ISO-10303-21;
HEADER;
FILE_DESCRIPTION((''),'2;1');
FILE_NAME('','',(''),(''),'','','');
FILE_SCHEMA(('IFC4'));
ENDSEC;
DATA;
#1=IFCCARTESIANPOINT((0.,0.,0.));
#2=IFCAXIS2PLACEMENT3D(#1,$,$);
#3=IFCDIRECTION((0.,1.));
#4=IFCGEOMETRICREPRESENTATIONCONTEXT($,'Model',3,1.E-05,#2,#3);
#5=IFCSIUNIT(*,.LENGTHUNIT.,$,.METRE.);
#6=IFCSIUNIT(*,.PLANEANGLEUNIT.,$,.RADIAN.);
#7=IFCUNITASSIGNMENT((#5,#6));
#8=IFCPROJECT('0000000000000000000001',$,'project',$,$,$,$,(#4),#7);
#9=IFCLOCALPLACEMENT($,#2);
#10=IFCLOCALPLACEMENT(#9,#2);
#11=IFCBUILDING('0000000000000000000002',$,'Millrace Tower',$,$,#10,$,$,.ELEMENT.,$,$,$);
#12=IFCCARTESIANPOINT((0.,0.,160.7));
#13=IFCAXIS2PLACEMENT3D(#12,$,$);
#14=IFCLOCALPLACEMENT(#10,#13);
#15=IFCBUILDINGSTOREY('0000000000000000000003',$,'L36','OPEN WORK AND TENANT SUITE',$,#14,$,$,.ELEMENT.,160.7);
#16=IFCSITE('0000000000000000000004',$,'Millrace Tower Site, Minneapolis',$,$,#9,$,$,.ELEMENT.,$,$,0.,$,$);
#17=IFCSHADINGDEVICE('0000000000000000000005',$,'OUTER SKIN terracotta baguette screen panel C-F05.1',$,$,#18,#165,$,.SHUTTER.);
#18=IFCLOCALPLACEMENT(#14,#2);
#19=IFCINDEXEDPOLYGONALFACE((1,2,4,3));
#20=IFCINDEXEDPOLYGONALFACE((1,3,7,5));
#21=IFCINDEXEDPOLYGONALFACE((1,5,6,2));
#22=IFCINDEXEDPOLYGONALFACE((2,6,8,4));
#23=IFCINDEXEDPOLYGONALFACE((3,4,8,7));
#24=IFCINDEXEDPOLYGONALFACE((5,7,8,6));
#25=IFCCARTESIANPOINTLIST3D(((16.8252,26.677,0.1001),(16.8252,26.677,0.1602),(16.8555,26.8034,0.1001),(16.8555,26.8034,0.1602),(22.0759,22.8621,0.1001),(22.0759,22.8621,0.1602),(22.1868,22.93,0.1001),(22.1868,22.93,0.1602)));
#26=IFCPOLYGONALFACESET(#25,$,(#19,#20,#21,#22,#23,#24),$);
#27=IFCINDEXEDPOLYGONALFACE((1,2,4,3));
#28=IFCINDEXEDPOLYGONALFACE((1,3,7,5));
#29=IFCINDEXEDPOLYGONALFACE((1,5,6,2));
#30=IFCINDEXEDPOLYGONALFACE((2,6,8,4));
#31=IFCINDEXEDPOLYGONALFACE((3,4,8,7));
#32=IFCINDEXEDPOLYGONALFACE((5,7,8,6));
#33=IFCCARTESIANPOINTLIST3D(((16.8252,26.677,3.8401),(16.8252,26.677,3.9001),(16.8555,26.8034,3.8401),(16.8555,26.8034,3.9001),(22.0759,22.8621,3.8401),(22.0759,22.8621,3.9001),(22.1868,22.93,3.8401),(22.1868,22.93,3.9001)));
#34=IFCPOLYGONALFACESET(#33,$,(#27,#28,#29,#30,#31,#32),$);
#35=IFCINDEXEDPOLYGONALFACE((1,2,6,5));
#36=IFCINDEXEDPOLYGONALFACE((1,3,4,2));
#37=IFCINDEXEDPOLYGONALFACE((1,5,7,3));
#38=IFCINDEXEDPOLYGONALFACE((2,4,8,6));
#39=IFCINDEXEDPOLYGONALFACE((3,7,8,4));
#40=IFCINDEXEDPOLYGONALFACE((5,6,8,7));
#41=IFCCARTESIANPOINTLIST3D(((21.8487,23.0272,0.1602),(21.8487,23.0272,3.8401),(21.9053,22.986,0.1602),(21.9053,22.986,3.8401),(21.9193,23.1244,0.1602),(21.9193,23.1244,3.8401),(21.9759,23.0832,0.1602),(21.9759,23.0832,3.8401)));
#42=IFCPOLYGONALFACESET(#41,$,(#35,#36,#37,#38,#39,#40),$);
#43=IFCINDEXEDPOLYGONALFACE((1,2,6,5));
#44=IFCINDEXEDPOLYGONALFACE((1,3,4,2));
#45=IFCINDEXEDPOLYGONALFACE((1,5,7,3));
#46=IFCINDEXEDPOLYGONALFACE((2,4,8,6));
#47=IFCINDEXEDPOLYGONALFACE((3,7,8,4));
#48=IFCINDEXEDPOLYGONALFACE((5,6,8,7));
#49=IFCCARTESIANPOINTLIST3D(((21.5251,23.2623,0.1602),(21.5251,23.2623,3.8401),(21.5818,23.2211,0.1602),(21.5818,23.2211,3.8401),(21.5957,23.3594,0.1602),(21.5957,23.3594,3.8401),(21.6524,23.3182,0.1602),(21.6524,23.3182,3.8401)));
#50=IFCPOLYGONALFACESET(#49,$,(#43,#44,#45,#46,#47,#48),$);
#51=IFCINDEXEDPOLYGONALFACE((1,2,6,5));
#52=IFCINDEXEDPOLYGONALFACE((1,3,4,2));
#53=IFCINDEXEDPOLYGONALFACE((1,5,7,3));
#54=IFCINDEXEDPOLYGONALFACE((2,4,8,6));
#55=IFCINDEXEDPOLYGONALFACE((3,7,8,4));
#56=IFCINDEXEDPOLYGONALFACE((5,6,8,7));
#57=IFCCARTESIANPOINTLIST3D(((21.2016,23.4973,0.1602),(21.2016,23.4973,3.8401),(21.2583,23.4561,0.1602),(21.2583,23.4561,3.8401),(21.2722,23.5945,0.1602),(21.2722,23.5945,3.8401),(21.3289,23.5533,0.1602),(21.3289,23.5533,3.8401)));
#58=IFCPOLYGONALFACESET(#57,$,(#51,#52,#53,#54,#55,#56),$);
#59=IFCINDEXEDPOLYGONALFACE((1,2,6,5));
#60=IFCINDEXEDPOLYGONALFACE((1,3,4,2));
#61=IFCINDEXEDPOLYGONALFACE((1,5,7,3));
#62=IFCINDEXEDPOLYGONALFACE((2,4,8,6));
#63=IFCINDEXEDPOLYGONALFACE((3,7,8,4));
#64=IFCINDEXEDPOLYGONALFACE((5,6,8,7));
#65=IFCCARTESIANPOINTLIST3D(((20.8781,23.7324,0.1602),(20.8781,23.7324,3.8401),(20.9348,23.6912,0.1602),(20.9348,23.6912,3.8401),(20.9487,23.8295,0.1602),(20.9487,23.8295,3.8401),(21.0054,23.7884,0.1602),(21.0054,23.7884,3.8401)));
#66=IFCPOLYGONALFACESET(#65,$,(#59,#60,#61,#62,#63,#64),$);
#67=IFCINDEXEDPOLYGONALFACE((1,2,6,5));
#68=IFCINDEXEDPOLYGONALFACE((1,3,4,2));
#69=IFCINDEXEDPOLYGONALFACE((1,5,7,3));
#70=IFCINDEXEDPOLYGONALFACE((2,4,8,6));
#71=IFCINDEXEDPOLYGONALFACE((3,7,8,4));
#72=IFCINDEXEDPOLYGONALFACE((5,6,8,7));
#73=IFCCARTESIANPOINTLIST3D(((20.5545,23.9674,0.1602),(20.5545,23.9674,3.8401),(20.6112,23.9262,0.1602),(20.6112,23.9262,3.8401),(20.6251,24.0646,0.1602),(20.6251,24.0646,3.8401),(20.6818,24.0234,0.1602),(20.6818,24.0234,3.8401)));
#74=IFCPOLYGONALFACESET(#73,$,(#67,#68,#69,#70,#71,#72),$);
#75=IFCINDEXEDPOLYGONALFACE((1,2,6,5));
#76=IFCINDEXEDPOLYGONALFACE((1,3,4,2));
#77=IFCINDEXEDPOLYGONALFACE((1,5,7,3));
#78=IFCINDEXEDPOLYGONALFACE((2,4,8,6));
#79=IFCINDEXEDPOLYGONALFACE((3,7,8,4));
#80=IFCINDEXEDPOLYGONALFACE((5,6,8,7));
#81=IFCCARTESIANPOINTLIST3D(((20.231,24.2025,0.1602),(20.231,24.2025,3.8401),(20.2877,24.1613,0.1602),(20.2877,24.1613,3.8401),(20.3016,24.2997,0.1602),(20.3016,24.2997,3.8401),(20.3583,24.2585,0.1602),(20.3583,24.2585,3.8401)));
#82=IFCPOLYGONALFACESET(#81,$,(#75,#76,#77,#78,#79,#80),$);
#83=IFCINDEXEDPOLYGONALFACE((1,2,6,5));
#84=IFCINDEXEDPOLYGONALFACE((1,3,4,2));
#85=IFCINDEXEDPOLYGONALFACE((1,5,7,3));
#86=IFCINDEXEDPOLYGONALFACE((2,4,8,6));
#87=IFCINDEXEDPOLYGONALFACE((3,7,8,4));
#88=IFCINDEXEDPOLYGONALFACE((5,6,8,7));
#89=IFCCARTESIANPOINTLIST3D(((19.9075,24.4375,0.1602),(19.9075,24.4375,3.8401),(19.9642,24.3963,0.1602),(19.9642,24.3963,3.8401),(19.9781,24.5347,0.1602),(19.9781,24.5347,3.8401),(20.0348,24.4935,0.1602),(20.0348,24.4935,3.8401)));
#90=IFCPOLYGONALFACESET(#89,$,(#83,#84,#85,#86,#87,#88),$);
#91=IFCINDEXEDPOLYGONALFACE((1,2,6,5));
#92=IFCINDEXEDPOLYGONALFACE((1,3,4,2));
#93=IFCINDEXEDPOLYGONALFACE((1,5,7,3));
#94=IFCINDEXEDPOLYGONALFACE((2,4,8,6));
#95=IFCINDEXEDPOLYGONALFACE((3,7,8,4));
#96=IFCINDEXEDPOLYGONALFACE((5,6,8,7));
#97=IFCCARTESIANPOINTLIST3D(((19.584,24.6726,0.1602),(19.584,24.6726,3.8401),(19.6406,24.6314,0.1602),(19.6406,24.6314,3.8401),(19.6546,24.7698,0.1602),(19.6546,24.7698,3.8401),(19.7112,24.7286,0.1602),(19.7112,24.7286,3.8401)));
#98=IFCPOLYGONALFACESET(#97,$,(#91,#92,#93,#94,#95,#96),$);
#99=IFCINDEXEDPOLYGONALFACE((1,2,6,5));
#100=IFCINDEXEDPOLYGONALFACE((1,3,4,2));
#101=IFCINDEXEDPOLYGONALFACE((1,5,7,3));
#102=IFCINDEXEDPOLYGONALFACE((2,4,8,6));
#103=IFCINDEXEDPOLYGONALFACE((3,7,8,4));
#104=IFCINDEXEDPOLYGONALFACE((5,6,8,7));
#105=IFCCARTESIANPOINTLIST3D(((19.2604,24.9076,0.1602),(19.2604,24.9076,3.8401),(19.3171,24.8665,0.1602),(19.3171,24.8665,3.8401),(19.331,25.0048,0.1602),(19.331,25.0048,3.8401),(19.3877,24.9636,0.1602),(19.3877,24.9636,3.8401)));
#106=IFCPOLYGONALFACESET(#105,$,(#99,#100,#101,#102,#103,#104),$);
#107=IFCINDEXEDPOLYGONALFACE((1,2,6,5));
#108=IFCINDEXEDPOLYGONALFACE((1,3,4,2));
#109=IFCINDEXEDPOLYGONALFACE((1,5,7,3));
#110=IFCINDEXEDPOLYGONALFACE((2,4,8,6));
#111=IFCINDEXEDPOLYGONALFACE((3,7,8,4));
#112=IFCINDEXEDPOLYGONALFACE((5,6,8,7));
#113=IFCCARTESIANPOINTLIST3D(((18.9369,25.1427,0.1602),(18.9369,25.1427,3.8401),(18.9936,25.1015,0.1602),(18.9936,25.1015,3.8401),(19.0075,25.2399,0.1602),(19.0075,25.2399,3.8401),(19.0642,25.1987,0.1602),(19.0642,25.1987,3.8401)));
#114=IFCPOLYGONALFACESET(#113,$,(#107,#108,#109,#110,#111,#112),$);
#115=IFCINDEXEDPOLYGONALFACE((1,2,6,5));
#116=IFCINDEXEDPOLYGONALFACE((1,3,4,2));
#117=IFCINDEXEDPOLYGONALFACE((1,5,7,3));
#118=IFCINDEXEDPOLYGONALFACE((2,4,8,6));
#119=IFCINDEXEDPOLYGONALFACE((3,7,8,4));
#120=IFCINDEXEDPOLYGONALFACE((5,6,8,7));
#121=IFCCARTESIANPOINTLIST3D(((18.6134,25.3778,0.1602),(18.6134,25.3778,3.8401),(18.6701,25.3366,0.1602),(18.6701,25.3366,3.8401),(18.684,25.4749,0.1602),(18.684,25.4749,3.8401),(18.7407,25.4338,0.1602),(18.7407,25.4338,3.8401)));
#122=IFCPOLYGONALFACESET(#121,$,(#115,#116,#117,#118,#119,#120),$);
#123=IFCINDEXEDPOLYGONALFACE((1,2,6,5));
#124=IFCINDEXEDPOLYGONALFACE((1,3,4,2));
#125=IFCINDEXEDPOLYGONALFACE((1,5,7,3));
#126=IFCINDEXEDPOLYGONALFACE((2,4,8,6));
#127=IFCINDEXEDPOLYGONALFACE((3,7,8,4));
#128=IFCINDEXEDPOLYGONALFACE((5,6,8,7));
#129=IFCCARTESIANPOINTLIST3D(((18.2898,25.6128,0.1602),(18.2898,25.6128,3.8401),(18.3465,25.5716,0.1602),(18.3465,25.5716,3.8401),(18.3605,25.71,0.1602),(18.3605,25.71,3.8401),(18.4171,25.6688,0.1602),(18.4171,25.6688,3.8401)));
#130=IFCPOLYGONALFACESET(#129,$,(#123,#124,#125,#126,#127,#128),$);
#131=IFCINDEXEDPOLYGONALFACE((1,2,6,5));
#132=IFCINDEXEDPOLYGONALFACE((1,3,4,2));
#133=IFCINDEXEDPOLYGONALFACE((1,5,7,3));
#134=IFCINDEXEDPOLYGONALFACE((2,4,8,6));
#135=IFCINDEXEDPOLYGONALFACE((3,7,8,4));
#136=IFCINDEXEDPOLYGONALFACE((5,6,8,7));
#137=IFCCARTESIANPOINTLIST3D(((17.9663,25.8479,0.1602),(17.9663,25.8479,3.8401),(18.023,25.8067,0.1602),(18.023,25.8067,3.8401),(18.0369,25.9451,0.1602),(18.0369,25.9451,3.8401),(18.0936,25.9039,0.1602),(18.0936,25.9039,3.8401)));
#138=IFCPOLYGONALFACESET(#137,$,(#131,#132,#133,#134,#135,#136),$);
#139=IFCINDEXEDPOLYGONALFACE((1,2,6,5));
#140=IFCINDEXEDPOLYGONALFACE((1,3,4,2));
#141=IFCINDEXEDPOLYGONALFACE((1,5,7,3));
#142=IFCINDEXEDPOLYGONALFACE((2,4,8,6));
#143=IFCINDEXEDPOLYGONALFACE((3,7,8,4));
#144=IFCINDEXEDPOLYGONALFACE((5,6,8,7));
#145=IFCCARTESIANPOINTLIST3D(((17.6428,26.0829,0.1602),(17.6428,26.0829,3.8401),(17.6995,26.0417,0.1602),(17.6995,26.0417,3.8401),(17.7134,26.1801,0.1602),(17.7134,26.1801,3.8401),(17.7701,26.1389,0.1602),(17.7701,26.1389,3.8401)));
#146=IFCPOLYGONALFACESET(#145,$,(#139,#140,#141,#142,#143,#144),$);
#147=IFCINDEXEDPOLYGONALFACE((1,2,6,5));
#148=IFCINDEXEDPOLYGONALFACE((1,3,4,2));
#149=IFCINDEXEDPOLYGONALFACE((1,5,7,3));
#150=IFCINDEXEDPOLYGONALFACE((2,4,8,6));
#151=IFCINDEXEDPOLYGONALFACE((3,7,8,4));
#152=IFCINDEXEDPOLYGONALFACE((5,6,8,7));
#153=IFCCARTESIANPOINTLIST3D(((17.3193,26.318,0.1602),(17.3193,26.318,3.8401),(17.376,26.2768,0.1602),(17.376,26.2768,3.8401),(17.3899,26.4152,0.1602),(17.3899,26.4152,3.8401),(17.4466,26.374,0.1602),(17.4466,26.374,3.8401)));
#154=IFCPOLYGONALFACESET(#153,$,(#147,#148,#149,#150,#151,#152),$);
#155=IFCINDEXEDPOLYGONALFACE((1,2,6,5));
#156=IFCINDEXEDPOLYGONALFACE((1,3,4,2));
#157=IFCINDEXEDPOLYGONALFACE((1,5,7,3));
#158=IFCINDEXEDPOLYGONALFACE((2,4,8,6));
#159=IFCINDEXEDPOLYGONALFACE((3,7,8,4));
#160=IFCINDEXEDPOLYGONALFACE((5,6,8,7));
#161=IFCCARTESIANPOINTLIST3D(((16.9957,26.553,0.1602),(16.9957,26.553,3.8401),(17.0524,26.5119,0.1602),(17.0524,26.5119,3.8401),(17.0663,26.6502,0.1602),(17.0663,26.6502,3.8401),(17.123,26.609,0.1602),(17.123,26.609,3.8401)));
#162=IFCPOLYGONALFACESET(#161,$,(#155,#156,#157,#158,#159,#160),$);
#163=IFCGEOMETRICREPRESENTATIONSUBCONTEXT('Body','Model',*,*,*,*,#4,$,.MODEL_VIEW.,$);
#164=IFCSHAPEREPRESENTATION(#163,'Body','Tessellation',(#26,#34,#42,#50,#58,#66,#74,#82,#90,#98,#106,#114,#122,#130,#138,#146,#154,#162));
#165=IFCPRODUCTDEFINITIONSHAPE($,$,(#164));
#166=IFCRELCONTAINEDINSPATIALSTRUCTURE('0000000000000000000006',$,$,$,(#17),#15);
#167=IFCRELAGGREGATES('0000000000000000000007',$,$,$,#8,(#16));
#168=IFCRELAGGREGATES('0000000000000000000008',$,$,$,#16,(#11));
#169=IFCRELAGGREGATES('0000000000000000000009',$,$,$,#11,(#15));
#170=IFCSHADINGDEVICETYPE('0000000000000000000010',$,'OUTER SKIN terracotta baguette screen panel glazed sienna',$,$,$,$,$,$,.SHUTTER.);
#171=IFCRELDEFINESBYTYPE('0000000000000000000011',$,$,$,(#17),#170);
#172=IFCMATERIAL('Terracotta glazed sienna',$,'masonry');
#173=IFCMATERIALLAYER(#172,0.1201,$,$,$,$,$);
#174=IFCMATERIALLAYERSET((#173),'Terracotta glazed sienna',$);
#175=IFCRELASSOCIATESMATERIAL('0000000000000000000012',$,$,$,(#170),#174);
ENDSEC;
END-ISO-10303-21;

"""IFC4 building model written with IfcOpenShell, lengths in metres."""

from ifc_helpers import new_model, entity, si_unit, direction, frame, frame_2d, origin, place, context, subcontext, project, spatial, rectangle, extrude, source, transform, mapped, material, layer, layer_set, type_object, element, save


model = new_model("IFC4")

# Units and contexts
model_context = context("Model", 3, precision=1e-05, world=origin(), true_north=direction((0.0, 1.0)))
body_context = subcontext(model_context, "Body", "Model", "MODEL_VIEW")
ifc_project = project(units=[si_unit("LENGTHUNIT", "METRE"), si_unit("PLANEANGLEUNIT", "RADIAN")], contexts=[model_context])

# Site, building, storey
site_placement = place(None, origin())
site = spatial("IfcSite", under=ifc_project, at=site_placement, Name="Millrace Tower Site, Minneapolis", CompositionType="ELEMENT", RefElevation=0.0)
building_placement = place(site_placement, origin())
building = spatial("IfcBuilding", under=site, at=building_placement, Name="Millrace Tower", CompositionType="ELEMENT")
storey_placement = place(building_placement, frame((0.0, 0.0, 160.7)))
storey = spatial("IfcBuildingStorey", under=building, at=storey_placement, Name="L36", Description="OPEN WORK AND TENANT SUITE", CompositionType="ELEMENT", Elevation=160.7)

# Shading device
ifc_material_1 = material(Name="Terracotta glazed sienna", Category="masonry")
ifc_layer_1 = layer(ifc_material_1, 0.1201)
ifc_layer_set_1 = layer_set([ifc_layer_1], Name="Terracotta glazed sienna")
shading_device_type = type_object("IfcShadingDeviceType", Name="OUTER SKIN terracotta baguette screen panel glazed sienna", PredefinedType="SHUTTER", material=ifc_layer_set_1)
cartesian_point_1 = entity("IfcCartesianPoint", [-3.2451, 0.0601])
shared_polyline_1 = entity("IfcPolyline", [cartesian_point_1, entity("IfcCartesianPoint", [3.2451, 0.0601]), entity("IfcCartesianPoint", [3.2949, -0.0601]), entity("IfcCartesianPoint", [-3.2949, -0.0601]), cartesian_point_1])
shared_shape_1 = source(origin(), body_context, "Body", "SweptSolid", [
    entity("IfcExtrudedAreaSolid", entity("IfcArbitraryClosedProfileDef", "AREA", None, shared_polyline_1), entity("IfcAxis2Placement3D", entity("IfcCartesianPoint", [0.0, 0.0, 0.0])), entity("IfcDirection", [0.0, 0.0, 1.0]), 0.0601),
    entity("IfcExtrudedAreaSolid", entity("IfcArbitraryClosedProfileDef", "AREA", None, shared_polyline_1), entity("IfcAxis2Placement3D", entity("IfcCartesianPoint", [0.0, 0.0, 3.74])), entity("IfcDirection", [0.0, 0.0, 1.0]), 0.0601),
    extrude(rectangle(XDim=0.0701, YDim=0.1201, at=frame_2d((-2.9993, 0.0))), frame((0.0, 0.0, 0.0601)), (0.0, 0.0, 1.0), 3.6799),
    extrude(rectangle(XDim=0.0701, YDim=0.1201, at=frame_2d((-2.5994, 0.0))), frame((0.0, 0.0, 0.0601)), (0.0, 0.0, 1.0), 3.6799),
    extrude(rectangle(XDim=0.0701, YDim=0.1201, at=frame_2d((-2.1995, 0.0))), frame((0.0, 0.0, 0.0601)), (0.0, 0.0, 1.0), 3.6799),
    extrude(rectangle(XDim=0.0701, YDim=0.1201, at=frame_2d((-1.7996, 0.0))), frame((0.0, 0.0, 0.0601)), (0.0, 0.0, 1.0), 3.6799),
    extrude(rectangle(XDim=0.0701, YDim=0.1201, at=frame_2d((-1.3997, 0.0))), frame((0.0, 0.0, 0.0601)), (0.0, 0.0, 1.0), 3.6799),
    extrude(rectangle(XDim=0.0701, YDim=0.1201, at=frame_2d((-0.9998, 0.0))), frame((0.0, 0.0, 0.0601)), (0.0, 0.0, 1.0), 3.6799),
    extrude(rectangle(XDim=0.0701, YDim=0.1201, at=frame_2d((-0.5999, 0.0))), frame((0.0, 0.0, 0.0601)), (0.0, 0.0, 1.0), 3.6799),
    extrude(rectangle(XDim=0.0701, YDim=0.1201, at=frame_2d((-0.2, 0.0))), frame((0.0, 0.0, 0.0601)), (0.0, 0.0, 1.0), 3.6799),
    extrude(rectangle(XDim=0.0701, YDim=0.1201, at=frame_2d((0.2, 0.0))), frame((0.0, 0.0, 0.0601)), (0.0, 0.0, 1.0), 3.6799),
    extrude(rectangle(XDim=0.0701, YDim=0.1201, at=frame_2d((0.5999, 0.0))), frame((0.0, 0.0, 0.0601)), (0.0, 0.0, 1.0), 3.6799),
    extrude(rectangle(XDim=0.0701, YDim=0.1201, at=frame_2d((0.9998, 0.0))), frame((0.0, 0.0, 0.0601)), (0.0, 0.0, 1.0), 3.6799),
    extrude(rectangle(XDim=0.0701, YDim=0.1201, at=frame_2d((1.3997, 0.0))), frame((0.0, 0.0, 0.0601)), (0.0, 0.0, 1.0), 3.6799),
    extrude(rectangle(XDim=0.0701, YDim=0.1201, at=frame_2d((1.7996, 0.0))), frame((0.0, 0.0, 0.0601)), (0.0, 0.0, 1.0), 3.6799),
    extrude(rectangle(XDim=0.0701, YDim=0.1201, at=frame_2d((2.1995, 0.0))), frame((0.0, 0.0, 0.0601)), (0.0, 0.0, 1.0), 3.6799),
    extrude(rectangle(XDim=0.0701, YDim=0.1201, at=frame_2d((2.5994, 0.0))), frame((0.0, 0.0, 0.0601)), (0.0, 0.0, 1.0), 3.6799),
    extrude(rectangle(XDim=0.0701, YDim=0.1201, at=frame_2d((2.9993, 0.0))), frame((0.0, 0.0, 0.0601)), (0.0, 0.0, 1.0), 3.6799),
])
shading_device_1_placement = place(storey_placement, frame((19.4858, 24.8181, 0.1001), z_axis=(0.0, 0.0, 1.0), x_axis=(-0.809017, 0.587785, 0.0)))
element("IfcShadingDevice", 1, at=shading_device_1_placement, inside=storey, type_object=shading_device_type, Name="OUTER SKIN terracotta baguette screen panel C-F05.1", PredefinedType="SHUTTER", context=body_context, shape_type="MappedRepresentation", body=[
    mapped(shared_shape_1, transform((0.0, 0.0, 0.0), scale=1.0)),
])

save(model, "model.ifc")
